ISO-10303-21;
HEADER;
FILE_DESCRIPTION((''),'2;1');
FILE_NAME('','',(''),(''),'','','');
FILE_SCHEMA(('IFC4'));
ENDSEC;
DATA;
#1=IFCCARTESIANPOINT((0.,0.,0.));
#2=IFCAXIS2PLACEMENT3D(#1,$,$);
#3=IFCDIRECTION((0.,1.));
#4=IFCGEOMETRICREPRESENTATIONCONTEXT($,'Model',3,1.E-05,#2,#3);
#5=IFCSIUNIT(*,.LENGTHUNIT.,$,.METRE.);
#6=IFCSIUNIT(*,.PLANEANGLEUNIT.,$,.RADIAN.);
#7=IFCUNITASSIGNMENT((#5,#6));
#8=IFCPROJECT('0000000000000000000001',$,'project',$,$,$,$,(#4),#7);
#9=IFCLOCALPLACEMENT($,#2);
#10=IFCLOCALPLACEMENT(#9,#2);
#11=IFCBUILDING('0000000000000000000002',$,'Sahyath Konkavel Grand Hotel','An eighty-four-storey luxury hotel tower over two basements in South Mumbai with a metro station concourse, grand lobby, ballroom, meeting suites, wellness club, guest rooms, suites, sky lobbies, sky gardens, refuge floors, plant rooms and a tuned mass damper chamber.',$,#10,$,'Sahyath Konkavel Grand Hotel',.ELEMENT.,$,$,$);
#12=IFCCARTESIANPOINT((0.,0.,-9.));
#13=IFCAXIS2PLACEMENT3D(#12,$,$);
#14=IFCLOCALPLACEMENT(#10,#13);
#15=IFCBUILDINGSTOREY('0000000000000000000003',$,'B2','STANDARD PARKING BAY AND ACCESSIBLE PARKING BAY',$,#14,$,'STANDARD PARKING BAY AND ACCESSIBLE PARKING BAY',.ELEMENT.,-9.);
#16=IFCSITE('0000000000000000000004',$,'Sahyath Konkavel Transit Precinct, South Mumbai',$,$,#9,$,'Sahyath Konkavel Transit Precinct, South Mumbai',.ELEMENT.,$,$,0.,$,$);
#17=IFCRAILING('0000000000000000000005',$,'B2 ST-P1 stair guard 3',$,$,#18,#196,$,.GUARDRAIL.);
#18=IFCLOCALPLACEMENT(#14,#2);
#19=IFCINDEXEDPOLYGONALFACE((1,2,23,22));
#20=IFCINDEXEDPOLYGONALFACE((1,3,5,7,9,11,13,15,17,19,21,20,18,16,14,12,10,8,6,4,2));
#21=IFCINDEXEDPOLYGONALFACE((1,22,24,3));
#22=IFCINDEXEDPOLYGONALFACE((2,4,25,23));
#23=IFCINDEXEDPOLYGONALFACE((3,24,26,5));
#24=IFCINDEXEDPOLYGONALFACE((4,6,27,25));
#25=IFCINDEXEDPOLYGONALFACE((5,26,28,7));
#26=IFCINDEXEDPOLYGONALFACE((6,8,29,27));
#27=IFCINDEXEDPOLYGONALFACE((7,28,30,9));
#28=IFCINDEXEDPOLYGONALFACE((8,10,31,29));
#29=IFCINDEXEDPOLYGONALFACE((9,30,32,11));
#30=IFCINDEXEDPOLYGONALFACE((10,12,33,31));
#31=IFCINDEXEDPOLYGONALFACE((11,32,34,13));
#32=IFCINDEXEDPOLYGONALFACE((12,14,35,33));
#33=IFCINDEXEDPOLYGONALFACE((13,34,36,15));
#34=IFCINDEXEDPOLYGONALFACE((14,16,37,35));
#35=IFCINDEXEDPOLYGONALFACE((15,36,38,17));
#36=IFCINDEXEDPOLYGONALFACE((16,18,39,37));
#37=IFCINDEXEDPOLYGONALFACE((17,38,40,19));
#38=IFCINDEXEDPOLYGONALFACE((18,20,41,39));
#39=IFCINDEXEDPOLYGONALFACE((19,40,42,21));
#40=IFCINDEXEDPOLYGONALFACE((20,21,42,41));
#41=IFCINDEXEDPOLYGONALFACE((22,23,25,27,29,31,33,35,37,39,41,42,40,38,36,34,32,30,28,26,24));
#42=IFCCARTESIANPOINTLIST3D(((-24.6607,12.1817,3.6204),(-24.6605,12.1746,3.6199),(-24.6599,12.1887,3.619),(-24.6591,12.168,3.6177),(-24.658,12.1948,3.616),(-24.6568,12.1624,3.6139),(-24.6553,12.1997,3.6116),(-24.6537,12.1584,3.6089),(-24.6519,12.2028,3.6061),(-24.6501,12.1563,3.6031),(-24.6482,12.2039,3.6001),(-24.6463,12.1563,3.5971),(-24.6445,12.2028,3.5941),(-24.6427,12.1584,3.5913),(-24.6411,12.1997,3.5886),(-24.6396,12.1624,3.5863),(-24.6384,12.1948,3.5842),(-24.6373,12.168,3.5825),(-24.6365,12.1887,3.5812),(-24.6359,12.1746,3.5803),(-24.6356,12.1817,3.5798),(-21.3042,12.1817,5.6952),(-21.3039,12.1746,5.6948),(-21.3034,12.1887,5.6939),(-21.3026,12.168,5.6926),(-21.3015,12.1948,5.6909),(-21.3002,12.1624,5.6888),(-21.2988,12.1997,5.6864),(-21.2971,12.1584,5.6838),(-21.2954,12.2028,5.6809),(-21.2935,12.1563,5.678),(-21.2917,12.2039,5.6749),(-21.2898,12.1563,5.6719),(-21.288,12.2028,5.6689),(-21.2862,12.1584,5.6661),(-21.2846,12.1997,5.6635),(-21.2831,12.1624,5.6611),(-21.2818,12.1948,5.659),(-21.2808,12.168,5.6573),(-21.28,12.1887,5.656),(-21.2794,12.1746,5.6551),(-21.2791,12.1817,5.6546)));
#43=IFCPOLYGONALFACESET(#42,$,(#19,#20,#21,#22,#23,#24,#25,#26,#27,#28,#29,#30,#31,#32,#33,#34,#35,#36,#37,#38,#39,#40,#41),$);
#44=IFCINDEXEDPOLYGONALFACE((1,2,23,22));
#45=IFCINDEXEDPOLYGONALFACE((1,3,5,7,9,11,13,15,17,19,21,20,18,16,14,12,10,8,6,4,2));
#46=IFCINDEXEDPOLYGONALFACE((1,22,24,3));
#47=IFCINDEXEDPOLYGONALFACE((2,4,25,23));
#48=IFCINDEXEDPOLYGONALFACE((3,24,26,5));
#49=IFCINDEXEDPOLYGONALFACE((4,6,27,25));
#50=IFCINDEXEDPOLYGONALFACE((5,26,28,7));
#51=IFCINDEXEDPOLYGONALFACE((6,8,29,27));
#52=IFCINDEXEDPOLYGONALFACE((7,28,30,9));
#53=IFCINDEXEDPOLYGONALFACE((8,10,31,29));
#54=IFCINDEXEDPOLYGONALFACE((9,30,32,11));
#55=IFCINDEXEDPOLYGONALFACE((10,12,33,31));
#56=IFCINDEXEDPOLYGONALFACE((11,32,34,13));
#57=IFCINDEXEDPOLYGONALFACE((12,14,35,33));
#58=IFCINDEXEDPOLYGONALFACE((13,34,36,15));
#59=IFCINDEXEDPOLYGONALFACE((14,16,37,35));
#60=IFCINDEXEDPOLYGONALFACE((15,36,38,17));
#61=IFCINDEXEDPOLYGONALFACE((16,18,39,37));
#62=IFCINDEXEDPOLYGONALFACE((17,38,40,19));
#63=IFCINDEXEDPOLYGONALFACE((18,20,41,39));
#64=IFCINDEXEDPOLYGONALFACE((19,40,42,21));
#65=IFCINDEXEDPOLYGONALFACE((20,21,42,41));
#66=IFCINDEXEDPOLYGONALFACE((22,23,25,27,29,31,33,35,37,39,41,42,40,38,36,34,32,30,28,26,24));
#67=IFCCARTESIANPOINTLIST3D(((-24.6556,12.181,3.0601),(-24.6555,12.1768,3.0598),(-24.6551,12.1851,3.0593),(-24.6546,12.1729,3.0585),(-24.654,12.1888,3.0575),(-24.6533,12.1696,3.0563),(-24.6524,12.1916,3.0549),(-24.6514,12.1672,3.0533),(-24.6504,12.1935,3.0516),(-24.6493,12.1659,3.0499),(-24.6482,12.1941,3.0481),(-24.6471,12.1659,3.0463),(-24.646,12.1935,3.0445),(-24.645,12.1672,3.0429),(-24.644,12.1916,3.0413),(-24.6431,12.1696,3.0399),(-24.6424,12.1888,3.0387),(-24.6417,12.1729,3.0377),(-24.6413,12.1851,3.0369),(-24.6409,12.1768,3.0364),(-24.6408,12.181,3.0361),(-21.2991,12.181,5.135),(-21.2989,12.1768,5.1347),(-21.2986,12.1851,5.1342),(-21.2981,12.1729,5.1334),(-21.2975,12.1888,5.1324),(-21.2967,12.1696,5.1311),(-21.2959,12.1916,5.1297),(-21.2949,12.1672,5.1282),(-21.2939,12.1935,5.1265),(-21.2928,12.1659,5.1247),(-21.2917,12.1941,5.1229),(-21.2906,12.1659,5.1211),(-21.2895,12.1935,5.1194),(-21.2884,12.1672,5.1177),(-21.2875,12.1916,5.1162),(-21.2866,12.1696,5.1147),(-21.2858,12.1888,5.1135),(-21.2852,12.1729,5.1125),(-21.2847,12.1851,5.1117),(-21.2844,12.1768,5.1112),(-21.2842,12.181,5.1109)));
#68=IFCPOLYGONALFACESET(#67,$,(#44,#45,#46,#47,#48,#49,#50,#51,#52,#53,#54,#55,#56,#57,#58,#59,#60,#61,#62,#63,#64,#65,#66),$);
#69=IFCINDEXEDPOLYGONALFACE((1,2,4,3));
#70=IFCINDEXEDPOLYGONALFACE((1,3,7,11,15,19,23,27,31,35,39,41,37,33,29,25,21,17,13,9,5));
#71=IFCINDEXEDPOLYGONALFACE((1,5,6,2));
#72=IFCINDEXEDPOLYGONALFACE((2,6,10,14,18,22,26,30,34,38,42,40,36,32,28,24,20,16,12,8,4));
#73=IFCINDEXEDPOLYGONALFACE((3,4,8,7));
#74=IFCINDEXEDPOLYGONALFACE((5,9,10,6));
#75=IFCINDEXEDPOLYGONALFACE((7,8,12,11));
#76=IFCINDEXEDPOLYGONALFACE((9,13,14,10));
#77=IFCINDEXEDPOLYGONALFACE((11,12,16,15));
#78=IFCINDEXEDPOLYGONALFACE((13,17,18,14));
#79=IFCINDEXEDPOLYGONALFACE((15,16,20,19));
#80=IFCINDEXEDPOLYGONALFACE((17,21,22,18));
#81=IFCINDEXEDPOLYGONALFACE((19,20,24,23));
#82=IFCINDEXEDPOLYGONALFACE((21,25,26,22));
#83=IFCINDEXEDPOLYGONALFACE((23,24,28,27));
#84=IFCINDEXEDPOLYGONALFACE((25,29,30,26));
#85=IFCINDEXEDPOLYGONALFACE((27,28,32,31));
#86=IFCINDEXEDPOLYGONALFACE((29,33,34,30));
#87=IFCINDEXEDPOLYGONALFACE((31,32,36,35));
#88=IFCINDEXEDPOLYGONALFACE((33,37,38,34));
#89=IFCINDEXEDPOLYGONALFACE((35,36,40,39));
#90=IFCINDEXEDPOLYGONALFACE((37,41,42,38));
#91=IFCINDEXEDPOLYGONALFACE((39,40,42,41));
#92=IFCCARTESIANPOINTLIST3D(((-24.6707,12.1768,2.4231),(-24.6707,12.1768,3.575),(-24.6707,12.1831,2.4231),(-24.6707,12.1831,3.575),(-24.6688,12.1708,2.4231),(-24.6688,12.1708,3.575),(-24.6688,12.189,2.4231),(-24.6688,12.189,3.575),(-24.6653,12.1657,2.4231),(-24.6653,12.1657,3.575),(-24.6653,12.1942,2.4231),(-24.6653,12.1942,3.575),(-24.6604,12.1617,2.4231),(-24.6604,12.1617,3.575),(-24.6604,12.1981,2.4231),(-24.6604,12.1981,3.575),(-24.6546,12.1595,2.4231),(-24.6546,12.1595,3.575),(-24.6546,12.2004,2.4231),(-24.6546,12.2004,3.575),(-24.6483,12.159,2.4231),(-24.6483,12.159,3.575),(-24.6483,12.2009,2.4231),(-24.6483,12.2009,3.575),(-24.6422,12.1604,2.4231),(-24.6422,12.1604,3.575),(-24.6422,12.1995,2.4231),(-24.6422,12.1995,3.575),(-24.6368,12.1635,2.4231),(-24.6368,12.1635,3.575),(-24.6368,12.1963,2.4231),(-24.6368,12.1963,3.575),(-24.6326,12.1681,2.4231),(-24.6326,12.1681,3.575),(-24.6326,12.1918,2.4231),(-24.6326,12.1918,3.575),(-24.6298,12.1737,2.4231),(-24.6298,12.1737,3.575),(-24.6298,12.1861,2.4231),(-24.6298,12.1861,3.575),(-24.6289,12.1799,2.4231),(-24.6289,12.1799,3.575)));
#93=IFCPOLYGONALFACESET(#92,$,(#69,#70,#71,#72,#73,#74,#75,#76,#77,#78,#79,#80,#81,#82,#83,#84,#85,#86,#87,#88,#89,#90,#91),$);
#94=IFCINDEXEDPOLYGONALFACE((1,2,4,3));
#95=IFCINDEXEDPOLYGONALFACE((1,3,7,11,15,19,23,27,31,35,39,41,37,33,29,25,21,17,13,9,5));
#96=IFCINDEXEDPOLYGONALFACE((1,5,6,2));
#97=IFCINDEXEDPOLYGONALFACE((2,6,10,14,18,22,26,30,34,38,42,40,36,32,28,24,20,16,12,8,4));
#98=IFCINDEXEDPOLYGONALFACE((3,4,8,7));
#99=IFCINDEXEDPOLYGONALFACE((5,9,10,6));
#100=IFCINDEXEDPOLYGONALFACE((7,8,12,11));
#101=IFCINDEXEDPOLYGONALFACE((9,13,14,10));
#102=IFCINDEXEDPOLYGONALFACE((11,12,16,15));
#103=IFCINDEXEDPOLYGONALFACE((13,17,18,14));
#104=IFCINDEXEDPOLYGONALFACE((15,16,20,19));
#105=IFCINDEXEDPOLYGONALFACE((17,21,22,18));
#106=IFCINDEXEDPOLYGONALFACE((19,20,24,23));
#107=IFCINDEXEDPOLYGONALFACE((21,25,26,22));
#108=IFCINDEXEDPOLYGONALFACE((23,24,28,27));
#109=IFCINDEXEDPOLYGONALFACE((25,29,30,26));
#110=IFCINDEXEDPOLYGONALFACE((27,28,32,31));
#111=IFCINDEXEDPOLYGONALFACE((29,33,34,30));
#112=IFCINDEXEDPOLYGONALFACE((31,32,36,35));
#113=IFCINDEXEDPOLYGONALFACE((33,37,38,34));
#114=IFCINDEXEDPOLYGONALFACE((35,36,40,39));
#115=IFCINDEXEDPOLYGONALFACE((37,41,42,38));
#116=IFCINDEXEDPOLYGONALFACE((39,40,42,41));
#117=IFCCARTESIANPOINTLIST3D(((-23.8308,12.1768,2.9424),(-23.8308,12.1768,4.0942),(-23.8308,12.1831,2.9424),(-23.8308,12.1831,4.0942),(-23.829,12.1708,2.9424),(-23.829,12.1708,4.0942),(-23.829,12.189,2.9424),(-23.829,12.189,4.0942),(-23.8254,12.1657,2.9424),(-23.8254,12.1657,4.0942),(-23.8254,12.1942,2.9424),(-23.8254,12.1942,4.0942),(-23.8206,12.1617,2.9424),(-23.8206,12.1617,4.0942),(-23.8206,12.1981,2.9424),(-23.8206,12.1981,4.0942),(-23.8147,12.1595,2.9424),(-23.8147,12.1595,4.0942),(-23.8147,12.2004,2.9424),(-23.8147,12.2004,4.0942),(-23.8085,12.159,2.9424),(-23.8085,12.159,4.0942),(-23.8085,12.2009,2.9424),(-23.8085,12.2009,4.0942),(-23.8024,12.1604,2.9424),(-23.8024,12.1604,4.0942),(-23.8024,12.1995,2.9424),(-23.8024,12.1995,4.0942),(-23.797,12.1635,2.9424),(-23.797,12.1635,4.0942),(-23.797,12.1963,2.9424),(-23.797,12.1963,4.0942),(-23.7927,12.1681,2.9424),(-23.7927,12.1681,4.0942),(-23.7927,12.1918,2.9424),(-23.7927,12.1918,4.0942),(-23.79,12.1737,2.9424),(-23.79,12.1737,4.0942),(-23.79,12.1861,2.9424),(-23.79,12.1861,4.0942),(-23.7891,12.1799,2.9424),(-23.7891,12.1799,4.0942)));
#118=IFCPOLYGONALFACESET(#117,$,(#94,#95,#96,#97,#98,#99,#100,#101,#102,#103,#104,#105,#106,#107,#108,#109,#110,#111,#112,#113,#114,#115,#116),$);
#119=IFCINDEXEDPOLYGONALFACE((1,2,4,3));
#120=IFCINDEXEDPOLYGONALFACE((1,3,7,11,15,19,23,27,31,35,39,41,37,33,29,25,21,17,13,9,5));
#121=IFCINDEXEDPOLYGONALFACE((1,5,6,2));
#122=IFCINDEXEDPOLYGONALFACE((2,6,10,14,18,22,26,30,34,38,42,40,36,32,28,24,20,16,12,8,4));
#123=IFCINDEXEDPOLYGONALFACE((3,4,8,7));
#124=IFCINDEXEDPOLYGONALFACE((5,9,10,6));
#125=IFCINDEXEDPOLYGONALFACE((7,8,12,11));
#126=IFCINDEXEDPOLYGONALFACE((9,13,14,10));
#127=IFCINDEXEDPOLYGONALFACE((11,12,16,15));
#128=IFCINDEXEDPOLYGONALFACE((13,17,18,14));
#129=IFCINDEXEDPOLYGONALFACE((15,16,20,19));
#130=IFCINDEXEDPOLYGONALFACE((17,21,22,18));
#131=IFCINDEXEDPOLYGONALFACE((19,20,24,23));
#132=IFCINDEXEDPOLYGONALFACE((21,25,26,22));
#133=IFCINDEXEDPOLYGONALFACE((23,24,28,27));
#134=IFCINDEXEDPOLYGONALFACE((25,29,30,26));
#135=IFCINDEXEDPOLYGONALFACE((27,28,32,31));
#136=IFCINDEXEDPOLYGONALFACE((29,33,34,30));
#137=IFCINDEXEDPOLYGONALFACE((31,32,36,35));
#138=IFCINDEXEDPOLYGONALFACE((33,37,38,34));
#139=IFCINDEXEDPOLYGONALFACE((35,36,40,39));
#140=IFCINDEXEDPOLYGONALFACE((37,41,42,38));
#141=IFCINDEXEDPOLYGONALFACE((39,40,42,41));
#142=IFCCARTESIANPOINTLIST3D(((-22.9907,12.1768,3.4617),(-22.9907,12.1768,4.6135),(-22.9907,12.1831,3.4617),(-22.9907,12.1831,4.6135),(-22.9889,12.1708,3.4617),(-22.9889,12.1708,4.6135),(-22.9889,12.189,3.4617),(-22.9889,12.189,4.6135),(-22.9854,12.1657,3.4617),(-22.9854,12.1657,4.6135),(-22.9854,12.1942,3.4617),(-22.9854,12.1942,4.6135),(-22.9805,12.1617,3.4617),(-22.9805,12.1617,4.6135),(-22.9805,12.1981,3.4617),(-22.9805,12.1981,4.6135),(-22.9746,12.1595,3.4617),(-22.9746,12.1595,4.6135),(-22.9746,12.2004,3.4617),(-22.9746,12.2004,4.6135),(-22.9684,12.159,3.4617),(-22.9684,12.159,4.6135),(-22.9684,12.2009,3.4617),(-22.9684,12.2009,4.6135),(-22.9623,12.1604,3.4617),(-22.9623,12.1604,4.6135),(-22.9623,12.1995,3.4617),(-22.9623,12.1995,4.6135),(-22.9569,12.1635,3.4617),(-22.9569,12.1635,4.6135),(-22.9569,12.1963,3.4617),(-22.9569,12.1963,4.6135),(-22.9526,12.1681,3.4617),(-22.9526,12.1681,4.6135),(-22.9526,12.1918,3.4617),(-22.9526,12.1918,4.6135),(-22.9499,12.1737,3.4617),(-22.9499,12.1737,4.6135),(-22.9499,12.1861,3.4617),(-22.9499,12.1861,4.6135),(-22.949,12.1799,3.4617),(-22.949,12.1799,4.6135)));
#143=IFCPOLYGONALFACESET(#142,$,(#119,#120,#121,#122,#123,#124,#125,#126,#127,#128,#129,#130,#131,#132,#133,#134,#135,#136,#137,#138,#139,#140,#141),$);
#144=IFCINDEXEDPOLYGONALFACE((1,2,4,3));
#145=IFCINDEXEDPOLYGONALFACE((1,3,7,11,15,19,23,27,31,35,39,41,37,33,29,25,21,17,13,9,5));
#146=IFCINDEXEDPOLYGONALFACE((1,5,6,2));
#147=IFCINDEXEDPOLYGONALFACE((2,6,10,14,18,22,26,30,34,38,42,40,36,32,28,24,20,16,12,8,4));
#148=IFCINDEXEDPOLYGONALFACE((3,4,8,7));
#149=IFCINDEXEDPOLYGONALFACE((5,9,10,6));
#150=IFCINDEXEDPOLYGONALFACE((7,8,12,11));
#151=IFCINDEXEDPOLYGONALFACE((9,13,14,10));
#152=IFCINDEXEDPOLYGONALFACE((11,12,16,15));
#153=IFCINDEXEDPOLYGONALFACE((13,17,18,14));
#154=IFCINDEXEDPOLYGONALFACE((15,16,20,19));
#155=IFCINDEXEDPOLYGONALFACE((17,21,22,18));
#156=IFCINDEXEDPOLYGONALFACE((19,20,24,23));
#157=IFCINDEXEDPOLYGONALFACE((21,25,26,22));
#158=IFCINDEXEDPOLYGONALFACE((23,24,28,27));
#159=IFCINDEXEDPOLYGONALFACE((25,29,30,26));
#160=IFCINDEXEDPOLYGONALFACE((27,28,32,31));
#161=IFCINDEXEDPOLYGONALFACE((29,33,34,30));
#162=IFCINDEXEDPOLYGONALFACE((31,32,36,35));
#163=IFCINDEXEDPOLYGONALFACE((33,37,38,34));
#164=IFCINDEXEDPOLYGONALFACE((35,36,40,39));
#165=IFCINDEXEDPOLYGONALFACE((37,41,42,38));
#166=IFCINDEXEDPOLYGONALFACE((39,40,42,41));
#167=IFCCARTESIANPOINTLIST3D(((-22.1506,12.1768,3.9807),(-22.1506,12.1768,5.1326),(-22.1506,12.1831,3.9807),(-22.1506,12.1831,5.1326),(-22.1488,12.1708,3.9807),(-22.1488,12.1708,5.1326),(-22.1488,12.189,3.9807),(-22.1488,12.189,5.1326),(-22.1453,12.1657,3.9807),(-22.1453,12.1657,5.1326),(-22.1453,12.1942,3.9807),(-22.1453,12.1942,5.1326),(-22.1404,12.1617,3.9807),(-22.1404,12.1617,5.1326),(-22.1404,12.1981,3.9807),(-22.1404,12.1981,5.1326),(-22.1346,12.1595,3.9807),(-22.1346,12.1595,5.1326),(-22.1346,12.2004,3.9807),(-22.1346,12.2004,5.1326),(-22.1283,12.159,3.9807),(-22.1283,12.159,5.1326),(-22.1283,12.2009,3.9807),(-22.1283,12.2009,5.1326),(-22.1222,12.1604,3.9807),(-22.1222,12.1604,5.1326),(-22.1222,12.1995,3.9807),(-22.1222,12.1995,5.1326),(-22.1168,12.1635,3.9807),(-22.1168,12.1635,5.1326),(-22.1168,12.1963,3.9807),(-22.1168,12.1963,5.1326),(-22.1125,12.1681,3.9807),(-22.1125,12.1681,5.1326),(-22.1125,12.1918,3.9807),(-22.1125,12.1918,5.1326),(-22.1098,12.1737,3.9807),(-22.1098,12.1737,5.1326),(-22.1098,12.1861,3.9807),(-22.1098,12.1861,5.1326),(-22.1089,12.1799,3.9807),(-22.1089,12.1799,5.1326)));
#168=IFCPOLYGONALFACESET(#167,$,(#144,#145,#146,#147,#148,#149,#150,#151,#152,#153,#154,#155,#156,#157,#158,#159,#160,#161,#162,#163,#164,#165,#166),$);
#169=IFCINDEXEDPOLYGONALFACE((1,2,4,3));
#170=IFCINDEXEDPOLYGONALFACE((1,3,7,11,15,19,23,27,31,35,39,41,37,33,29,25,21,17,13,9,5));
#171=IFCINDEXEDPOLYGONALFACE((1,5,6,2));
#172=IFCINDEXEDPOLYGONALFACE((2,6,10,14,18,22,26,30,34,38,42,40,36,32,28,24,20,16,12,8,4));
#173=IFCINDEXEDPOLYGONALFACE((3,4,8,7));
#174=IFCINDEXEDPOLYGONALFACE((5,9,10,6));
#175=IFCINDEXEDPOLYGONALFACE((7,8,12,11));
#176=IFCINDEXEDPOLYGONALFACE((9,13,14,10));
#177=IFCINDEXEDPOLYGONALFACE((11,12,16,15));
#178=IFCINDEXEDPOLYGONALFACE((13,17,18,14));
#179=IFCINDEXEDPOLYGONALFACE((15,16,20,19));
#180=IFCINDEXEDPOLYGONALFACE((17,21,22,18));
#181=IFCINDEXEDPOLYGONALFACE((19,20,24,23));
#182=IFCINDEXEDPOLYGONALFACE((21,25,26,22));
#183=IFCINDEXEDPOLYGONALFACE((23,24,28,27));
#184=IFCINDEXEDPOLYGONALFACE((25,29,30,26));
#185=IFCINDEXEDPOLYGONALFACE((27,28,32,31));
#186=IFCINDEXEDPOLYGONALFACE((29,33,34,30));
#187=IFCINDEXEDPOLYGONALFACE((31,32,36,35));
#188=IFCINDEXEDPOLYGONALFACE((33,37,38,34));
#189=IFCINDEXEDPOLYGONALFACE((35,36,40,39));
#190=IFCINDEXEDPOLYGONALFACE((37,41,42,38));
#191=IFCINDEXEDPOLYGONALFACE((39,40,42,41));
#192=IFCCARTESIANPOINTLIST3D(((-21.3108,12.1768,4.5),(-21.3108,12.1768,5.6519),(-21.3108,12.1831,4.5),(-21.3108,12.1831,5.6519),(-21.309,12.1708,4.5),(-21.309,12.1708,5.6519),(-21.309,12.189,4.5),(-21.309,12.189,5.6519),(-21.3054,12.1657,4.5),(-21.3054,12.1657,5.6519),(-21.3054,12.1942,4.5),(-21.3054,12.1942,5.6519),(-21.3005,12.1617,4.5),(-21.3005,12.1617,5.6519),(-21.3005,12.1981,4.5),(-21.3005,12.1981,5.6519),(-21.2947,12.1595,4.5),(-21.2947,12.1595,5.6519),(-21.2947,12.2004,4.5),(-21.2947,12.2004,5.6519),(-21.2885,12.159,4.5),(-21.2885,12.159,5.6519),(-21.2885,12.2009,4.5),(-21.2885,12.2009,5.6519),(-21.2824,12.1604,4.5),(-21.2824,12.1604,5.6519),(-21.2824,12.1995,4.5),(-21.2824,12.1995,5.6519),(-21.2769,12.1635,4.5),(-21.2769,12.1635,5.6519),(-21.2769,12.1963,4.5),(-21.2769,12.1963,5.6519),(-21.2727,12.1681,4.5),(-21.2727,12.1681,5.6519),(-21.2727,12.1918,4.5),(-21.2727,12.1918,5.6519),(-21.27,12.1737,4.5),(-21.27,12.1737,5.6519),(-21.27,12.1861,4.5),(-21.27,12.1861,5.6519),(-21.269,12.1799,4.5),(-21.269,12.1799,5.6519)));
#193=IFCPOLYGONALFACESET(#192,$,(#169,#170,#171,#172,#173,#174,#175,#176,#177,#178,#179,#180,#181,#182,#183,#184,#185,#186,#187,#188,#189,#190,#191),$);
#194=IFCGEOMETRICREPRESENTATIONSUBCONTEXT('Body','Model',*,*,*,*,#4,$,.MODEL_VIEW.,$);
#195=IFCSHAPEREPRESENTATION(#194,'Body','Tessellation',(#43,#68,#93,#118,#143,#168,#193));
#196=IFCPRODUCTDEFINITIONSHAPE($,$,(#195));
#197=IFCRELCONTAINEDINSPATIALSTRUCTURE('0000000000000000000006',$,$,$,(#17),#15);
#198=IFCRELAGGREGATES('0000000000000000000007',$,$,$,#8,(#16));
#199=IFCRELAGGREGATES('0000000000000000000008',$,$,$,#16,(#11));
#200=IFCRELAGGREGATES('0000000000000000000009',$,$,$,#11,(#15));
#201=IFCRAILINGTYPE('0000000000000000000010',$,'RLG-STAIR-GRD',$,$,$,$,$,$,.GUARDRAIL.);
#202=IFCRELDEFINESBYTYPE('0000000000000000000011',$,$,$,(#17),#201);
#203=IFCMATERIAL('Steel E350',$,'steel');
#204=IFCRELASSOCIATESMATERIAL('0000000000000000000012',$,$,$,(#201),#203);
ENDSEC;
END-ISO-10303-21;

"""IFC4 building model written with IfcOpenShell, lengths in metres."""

from ifc_helpers import new_model, si_unit, direction, frame, origin, origin_2d, place, context, subcontext, project, spatial, circle, extrude, material, type_object, element, save


model = new_model("IFC4")

# Units and contexts
model_context = context("Model", 3, precision=1e-05, world=origin(), true_north=direction((0.0, 1.0)))
body_context = subcontext(model_context, "Body", "Model", "MODEL_VIEW")
ifc_project = project(units=[si_unit("LENGTHUNIT", "METRE"), si_unit("PLANEANGLEUNIT", "RADIAN")], contexts=[model_context])

# Site, building, storey
site_placement = place(None, origin())
site = spatial("IfcSite", under=ifc_project, at=site_placement, Name="Sahyath Konkavel Transit Precinct, South Mumbai", LongName="Sahyath Konkavel Transit Precinct, South Mumbai", CompositionType="ELEMENT", RefElevation=0.0)
building_placement = place(site_placement, origin())
building = spatial("IfcBuilding", under=site, at=building_placement, Name="Sahyath Konkavel Grand Hotel", Description="An eighty-four-storey luxury hotel tower over two basements in South Mumbai with a metro station concourse, grand lobby, ballroom, meeting suites, wellness club, guest rooms, suites, sky lobbies, sky gardens, refuge floors, plant rooms and a tuned mass damper chamber.", LongName="Sahyath Konkavel Grand Hotel", CompositionType="ELEMENT")
storey_placement = place(building_placement, frame((0.0, 0.0, -9.0)))
storey = spatial("IfcBuildingStorey", under=building, at=storey_placement, Name="B2", Description="STANDARD PARKING BAY AND ACCESSIBLE PARKING BAY", LongName="STANDARD PARKING BAY AND ACCESSIBLE PARKING BAY", CompositionType="ELEMENT", Elevation=-9.0)

# Shared definitions
ifc_material_1 = material(Name="Steel E350", Category="steel")

# Railing
railing_type_1 = type_object("IfcRailingType", Name="RLG-STAIR-GRD", PredefinedType="GUARDRAIL", material=ifc_material_1)
railing_1_placement = place(storey_placement, frame((-24.6499, 12.1799, 2.4231)))
element("IfcRailing", 1, at=railing_1_placement, inside=storey, type_object=railing_type_1, Name="B2 ST-P1 stair guard 3", PredefinedType="GUARDRAIL", context=body_context, shape_type="SweptSolid", body=[
    extrude(circle(Radius=0.0239, at=origin_2d()), frame((0.0017, 0.0, 1.177), z_axis=(0.850606, 0.0, 0.525803), x_axis=(0.0, 1.0, 0.0)), (0.0, 0.0, 1.0), 3.946),
    extrude(circle(Radius=0.0142, at=origin_2d()), frame((0.0017, 0.0, 0.625), z_axis=(0.850606, 0.0, 0.525803), x_axis=(0.0, 1.0, 0.0)), (0.0, 0.0, 1.0), 3.946),
    extrude(circle(Radius=0.021, at=origin_2d()), origin(), (0.0, 0.0, 1.0), 1.1519),
    extrude(circle(Radius=0.021, at=origin_2d()), frame((0.8398, 0.0, 0.5193)), (0.0, 0.0, 1.0), 1.1519),
    extrude(circle(Radius=0.021, at=origin_2d()), frame((1.6799, 0.0, 1.0386)), (0.0, 0.0, 1.0), 1.1519),
    extrude(circle(Radius=0.021, at=origin_2d()), frame((2.52, 0.0, 1.5576)), (0.0, 0.0, 1.0), 1.1519),
    extrude(circle(Radius=0.021, at=origin_2d()), frame((3.3599, 0.0, 2.0769)), (0.0, 0.0, 1.0), 1.1519),
])

save(model, "model.ifc")
